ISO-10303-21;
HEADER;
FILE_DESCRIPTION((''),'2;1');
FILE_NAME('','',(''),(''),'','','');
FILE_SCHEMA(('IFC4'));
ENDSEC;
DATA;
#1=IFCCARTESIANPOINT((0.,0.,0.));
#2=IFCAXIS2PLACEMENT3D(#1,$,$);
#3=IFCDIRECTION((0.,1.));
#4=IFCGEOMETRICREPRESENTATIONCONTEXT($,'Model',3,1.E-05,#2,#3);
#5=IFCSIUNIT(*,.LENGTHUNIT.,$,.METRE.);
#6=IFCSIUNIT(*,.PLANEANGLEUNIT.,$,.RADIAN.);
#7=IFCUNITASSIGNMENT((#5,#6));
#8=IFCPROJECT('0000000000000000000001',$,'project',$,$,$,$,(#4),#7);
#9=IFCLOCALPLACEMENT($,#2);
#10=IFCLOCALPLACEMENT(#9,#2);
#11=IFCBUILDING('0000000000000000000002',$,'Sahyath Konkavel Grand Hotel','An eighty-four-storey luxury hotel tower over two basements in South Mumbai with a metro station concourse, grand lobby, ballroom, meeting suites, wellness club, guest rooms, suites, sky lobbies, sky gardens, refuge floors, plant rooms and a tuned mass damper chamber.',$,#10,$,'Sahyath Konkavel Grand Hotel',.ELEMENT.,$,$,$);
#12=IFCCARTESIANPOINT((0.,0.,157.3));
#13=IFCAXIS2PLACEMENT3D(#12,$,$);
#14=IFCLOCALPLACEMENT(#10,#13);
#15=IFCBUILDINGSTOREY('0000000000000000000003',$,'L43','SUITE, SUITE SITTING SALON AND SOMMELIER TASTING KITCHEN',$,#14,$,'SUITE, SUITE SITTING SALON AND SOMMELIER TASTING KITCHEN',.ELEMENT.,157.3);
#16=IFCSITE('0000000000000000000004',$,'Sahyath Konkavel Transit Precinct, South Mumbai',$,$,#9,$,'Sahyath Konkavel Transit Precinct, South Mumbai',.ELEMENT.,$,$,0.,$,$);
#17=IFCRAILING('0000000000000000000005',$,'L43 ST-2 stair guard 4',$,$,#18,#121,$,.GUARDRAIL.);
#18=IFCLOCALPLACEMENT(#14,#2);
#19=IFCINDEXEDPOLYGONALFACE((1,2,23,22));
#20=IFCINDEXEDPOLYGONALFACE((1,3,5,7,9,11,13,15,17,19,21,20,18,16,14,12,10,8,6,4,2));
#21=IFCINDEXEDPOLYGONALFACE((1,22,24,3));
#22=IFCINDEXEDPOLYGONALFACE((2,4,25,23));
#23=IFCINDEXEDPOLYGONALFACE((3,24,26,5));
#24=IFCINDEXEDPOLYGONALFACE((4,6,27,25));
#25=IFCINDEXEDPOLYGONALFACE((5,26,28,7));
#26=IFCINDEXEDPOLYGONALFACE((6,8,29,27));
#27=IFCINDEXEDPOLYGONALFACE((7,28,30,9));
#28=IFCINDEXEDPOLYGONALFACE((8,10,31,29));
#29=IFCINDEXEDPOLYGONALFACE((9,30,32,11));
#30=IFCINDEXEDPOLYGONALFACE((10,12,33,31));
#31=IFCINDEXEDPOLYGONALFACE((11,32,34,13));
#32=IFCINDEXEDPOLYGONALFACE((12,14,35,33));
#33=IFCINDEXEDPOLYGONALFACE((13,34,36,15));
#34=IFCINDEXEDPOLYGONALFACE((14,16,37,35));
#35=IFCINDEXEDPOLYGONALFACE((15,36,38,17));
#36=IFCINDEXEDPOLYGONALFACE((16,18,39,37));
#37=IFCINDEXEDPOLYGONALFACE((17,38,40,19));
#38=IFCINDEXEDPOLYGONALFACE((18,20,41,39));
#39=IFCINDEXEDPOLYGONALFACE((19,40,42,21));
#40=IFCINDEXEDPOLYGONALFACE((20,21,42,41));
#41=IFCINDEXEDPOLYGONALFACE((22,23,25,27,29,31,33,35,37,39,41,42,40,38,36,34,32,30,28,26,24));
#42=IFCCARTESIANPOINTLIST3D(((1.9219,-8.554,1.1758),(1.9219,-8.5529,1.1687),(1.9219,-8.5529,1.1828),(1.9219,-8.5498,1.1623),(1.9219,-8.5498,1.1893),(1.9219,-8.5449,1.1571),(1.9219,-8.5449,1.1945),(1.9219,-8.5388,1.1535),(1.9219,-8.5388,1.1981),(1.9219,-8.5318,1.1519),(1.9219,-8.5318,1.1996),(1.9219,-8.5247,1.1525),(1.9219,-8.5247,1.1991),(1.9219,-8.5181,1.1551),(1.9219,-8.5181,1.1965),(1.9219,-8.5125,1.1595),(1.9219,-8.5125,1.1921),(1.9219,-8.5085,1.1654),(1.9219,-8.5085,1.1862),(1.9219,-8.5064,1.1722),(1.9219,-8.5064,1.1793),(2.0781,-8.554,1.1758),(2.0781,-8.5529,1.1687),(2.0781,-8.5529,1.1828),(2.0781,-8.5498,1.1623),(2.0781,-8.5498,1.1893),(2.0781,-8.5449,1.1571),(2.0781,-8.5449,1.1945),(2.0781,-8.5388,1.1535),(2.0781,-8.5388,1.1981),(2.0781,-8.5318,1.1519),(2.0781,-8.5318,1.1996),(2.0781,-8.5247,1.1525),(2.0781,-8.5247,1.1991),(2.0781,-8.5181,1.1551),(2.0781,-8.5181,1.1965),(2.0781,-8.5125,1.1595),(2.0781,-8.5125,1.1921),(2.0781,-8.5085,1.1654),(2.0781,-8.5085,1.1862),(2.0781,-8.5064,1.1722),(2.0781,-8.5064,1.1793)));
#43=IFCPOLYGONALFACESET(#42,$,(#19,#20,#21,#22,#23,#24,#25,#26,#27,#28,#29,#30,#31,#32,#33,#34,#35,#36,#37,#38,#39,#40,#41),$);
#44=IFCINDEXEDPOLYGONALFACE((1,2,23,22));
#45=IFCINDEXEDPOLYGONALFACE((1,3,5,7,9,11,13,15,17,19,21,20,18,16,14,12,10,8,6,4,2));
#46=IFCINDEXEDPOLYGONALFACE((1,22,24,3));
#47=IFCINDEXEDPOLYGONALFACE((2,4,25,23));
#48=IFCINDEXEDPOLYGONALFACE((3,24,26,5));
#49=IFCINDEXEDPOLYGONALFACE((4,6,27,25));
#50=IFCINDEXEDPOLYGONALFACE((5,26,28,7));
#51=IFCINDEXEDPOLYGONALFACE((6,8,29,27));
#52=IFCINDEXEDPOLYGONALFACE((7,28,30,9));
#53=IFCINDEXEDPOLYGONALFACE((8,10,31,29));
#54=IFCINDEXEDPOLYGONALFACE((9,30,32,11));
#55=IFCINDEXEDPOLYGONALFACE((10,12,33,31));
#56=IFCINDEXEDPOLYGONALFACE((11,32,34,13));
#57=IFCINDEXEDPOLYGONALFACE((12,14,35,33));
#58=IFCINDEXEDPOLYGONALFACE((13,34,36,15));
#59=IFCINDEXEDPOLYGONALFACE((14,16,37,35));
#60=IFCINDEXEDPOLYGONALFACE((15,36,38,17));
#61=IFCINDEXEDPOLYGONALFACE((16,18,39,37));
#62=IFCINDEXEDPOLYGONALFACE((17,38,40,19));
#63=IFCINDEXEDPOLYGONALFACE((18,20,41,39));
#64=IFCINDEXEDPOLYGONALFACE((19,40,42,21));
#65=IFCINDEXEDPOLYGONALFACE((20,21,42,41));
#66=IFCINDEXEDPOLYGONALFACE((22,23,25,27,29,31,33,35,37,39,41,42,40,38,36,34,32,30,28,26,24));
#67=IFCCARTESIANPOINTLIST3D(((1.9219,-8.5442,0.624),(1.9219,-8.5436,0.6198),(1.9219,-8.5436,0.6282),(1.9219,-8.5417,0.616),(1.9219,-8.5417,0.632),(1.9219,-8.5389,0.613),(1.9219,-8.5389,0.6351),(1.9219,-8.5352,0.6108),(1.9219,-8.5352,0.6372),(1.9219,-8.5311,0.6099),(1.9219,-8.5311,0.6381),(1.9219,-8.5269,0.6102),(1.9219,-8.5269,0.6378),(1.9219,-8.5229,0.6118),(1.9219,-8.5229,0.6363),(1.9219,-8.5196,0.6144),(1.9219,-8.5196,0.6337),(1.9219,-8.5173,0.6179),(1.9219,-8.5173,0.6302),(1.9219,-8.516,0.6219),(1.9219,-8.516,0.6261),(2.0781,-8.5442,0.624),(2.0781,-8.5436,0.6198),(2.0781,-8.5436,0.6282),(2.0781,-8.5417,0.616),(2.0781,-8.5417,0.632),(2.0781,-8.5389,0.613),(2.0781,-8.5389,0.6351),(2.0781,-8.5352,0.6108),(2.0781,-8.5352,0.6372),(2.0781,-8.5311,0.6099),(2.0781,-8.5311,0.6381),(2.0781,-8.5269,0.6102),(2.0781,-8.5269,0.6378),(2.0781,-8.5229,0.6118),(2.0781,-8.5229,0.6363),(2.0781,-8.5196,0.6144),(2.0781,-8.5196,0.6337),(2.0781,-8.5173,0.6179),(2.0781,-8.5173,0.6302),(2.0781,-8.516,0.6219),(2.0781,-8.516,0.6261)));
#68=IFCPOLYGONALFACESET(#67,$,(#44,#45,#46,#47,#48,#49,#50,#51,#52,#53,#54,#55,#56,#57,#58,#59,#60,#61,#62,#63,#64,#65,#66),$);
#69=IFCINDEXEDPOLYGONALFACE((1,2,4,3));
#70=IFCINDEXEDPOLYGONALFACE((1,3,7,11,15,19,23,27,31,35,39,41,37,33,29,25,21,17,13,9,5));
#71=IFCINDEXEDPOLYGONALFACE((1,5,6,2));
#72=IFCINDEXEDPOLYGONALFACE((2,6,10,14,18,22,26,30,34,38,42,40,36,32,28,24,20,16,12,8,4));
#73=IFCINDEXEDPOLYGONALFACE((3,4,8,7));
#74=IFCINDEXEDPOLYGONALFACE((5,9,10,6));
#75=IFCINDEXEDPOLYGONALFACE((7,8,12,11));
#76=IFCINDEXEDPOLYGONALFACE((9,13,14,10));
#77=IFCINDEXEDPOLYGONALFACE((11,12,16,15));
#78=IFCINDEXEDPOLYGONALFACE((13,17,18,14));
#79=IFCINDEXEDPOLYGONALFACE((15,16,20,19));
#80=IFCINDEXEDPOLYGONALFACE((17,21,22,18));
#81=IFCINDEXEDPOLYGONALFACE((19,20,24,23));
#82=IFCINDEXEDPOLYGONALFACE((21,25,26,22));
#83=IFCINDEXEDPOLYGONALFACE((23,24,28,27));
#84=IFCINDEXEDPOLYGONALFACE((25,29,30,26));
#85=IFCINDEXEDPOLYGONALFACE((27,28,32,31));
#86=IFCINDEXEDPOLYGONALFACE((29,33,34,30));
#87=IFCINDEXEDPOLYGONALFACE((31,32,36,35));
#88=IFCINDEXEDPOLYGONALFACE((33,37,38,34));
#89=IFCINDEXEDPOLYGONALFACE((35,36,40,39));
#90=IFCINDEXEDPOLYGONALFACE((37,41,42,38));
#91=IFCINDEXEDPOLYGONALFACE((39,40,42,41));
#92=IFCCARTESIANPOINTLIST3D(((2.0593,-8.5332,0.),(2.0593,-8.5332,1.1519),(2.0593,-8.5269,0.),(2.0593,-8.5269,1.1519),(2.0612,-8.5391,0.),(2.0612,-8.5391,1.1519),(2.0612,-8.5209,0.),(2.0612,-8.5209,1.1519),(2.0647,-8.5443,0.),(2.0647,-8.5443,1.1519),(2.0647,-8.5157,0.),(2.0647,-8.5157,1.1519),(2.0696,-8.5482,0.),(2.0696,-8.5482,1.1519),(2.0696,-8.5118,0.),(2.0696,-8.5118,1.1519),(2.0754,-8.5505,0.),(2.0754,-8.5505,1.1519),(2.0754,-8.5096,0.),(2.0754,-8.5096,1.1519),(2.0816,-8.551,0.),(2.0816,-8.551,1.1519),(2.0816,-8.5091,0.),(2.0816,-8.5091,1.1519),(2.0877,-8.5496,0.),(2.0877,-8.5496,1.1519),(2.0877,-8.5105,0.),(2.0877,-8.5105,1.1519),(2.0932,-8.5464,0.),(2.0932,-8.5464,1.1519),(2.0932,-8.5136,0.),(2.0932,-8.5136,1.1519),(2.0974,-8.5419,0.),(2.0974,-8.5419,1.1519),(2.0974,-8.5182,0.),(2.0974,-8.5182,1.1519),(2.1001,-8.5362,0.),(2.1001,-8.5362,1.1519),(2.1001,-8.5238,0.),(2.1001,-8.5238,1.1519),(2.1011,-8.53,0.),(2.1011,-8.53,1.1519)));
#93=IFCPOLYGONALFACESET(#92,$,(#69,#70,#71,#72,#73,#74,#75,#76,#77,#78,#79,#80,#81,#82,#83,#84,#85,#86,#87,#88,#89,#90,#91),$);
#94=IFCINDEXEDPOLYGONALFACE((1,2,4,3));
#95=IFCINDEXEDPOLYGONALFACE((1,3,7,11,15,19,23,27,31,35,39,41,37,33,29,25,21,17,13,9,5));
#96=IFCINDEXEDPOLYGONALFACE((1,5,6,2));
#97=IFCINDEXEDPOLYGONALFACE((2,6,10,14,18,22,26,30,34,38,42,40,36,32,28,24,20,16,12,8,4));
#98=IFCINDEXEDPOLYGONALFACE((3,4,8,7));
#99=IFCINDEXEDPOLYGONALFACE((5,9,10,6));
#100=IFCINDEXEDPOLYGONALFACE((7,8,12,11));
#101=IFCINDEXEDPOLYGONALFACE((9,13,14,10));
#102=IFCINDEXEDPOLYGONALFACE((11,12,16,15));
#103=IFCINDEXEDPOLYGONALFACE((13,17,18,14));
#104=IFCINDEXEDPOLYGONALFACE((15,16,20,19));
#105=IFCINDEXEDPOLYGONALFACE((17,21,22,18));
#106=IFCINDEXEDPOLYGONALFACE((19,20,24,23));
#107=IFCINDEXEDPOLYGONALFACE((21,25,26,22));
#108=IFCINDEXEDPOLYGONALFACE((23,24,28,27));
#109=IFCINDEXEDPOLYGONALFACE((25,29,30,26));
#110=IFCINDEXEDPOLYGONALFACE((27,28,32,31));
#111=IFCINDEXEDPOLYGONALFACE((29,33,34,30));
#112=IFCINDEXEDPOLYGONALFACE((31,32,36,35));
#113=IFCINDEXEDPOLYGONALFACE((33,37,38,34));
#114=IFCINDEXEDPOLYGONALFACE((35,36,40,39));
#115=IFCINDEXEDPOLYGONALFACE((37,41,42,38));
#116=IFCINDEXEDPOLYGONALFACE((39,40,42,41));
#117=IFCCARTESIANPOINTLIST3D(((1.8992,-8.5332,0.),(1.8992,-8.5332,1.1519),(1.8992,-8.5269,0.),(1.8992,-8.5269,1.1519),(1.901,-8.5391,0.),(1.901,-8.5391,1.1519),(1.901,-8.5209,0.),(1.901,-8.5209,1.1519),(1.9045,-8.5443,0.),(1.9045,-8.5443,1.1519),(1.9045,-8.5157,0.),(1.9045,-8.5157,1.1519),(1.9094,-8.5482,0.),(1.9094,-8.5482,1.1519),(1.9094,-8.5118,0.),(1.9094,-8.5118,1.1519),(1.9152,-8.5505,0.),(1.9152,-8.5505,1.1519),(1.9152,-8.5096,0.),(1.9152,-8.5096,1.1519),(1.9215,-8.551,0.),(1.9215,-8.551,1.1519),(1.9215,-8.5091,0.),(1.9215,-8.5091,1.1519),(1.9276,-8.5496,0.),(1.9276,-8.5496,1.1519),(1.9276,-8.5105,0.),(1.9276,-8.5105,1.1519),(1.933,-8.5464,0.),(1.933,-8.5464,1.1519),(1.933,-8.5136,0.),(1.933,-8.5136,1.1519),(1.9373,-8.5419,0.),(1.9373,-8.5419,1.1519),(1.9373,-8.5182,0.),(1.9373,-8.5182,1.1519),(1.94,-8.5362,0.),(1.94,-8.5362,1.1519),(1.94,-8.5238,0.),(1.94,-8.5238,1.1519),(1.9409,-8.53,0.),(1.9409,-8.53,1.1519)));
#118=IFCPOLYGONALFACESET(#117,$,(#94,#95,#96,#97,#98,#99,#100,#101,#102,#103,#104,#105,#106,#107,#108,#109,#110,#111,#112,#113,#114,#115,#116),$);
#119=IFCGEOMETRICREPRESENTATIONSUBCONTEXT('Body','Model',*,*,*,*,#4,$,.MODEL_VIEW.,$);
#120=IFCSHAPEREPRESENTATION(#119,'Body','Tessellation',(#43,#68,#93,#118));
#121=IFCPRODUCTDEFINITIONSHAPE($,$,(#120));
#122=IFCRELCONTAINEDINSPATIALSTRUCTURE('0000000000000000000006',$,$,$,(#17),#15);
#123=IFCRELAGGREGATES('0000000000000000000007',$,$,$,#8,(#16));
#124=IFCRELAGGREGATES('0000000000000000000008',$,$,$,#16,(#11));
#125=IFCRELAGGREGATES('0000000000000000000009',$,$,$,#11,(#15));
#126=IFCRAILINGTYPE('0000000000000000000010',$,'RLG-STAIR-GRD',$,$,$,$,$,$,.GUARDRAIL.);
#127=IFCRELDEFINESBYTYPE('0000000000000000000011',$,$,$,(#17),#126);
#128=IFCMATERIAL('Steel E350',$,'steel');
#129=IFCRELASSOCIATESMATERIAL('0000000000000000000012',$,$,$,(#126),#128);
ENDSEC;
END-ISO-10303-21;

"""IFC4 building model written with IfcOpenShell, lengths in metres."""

from ifc_helpers import new_model, si_unit, direction, frame, origin, origin_2d, place, context, subcontext, project, spatial, circle, extrude, material, type_object, element, save


model = new_model("IFC4")

# Units and contexts
model_context = context("Model", 3, precision=1e-05, world=origin(), true_north=direction((0.0, 1.0)))
body_context = subcontext(model_context, "Body", "Model", "MODEL_VIEW")
ifc_project = project(units=[si_unit("LENGTHUNIT", "METRE"), si_unit("PLANEANGLEUNIT", "RADIAN")], contexts=[model_context])

# Site, building, storey
site_placement = place(None, origin())
site = spatial("IfcSite", under=ifc_project, at=site_placement, Name="Sahyath Konkavel Transit Precinct, South Mumbai", LongName="Sahyath Konkavel Transit Precinct, South Mumbai", CompositionType="ELEMENT", RefElevation=0.0)
building_placement = place(site_placement, origin())
building = spatial("IfcBuilding", under=site, at=building_placement, Name="Sahyath Konkavel Grand Hotel", Description="An eighty-four-storey luxury hotel tower over two basements in South Mumbai with a metro station concourse, grand lobby, ballroom, meeting suites, wellness club, guest rooms, suites, sky lobbies, sky gardens, refuge floors, plant rooms and a tuned mass damper chamber.", LongName="Sahyath Konkavel Grand Hotel", CompositionType="ELEMENT")
storey_placement = place(building_placement, frame((0.0, 0.0, 157.3)))
storey = spatial("IfcBuildingStorey", under=building, at=storey_placement, Name="L43", Description="SUITE, SUITE SITTING SALON AND SOMMELIER TASTING KITCHEN", LongName="SUITE, SUITE SITTING SALON AND SOMMELIER TASTING KITCHEN", CompositionType="ELEMENT", Elevation=157.3)

# Shared definitions
ifc_material_1 = material(Name="Steel E350", Category="steel")

# Railing
railing_type_1 = type_object("IfcRailingType", Name="RLG-STAIR-GRD", PredefinedType="GUARDRAIL", material=ifc_material_1)
railing_1_placement = place(storey_placement, frame((2.0801, -8.53, 0.0)))
element("IfcRailing", 1, at=railing_1_placement, inside=storey, type_object=railing_type_1, Name="L43 ST-2 stair guard 4", PredefinedType="GUARDRAIL", context=body_context, shape_type="SweptSolid", body=[
    extrude(circle(Radius=0.0239, at=origin_2d()), frame((-0.002, 0.0, 1.1758), z_axis=(-1.0, 0.0, 0.0), x_axis=(0.0, -1.0, 0.0)), (0.0, 0.0, 1.0), 0.1562),
    extrude(circle(Radius=0.0142, at=origin_2d()), frame((-0.002, 0.0, 0.624), z_axis=(-1.0, 0.0, 0.0), x_axis=(0.0, -1.0, 0.0)), (0.0, 0.0, 1.0), 0.1562),
    extrude(circle(Radius=0.021, at=origin_2d()), origin(), (0.0, 0.0, 1.0), 1.1519),
    extrude(circle(Radius=0.021, at=origin_2d()), frame((-0.1602, 0.0, 0.0)), (0.0, 0.0, 1.0), 1.1519),
])

save(model, "model.ifc")
